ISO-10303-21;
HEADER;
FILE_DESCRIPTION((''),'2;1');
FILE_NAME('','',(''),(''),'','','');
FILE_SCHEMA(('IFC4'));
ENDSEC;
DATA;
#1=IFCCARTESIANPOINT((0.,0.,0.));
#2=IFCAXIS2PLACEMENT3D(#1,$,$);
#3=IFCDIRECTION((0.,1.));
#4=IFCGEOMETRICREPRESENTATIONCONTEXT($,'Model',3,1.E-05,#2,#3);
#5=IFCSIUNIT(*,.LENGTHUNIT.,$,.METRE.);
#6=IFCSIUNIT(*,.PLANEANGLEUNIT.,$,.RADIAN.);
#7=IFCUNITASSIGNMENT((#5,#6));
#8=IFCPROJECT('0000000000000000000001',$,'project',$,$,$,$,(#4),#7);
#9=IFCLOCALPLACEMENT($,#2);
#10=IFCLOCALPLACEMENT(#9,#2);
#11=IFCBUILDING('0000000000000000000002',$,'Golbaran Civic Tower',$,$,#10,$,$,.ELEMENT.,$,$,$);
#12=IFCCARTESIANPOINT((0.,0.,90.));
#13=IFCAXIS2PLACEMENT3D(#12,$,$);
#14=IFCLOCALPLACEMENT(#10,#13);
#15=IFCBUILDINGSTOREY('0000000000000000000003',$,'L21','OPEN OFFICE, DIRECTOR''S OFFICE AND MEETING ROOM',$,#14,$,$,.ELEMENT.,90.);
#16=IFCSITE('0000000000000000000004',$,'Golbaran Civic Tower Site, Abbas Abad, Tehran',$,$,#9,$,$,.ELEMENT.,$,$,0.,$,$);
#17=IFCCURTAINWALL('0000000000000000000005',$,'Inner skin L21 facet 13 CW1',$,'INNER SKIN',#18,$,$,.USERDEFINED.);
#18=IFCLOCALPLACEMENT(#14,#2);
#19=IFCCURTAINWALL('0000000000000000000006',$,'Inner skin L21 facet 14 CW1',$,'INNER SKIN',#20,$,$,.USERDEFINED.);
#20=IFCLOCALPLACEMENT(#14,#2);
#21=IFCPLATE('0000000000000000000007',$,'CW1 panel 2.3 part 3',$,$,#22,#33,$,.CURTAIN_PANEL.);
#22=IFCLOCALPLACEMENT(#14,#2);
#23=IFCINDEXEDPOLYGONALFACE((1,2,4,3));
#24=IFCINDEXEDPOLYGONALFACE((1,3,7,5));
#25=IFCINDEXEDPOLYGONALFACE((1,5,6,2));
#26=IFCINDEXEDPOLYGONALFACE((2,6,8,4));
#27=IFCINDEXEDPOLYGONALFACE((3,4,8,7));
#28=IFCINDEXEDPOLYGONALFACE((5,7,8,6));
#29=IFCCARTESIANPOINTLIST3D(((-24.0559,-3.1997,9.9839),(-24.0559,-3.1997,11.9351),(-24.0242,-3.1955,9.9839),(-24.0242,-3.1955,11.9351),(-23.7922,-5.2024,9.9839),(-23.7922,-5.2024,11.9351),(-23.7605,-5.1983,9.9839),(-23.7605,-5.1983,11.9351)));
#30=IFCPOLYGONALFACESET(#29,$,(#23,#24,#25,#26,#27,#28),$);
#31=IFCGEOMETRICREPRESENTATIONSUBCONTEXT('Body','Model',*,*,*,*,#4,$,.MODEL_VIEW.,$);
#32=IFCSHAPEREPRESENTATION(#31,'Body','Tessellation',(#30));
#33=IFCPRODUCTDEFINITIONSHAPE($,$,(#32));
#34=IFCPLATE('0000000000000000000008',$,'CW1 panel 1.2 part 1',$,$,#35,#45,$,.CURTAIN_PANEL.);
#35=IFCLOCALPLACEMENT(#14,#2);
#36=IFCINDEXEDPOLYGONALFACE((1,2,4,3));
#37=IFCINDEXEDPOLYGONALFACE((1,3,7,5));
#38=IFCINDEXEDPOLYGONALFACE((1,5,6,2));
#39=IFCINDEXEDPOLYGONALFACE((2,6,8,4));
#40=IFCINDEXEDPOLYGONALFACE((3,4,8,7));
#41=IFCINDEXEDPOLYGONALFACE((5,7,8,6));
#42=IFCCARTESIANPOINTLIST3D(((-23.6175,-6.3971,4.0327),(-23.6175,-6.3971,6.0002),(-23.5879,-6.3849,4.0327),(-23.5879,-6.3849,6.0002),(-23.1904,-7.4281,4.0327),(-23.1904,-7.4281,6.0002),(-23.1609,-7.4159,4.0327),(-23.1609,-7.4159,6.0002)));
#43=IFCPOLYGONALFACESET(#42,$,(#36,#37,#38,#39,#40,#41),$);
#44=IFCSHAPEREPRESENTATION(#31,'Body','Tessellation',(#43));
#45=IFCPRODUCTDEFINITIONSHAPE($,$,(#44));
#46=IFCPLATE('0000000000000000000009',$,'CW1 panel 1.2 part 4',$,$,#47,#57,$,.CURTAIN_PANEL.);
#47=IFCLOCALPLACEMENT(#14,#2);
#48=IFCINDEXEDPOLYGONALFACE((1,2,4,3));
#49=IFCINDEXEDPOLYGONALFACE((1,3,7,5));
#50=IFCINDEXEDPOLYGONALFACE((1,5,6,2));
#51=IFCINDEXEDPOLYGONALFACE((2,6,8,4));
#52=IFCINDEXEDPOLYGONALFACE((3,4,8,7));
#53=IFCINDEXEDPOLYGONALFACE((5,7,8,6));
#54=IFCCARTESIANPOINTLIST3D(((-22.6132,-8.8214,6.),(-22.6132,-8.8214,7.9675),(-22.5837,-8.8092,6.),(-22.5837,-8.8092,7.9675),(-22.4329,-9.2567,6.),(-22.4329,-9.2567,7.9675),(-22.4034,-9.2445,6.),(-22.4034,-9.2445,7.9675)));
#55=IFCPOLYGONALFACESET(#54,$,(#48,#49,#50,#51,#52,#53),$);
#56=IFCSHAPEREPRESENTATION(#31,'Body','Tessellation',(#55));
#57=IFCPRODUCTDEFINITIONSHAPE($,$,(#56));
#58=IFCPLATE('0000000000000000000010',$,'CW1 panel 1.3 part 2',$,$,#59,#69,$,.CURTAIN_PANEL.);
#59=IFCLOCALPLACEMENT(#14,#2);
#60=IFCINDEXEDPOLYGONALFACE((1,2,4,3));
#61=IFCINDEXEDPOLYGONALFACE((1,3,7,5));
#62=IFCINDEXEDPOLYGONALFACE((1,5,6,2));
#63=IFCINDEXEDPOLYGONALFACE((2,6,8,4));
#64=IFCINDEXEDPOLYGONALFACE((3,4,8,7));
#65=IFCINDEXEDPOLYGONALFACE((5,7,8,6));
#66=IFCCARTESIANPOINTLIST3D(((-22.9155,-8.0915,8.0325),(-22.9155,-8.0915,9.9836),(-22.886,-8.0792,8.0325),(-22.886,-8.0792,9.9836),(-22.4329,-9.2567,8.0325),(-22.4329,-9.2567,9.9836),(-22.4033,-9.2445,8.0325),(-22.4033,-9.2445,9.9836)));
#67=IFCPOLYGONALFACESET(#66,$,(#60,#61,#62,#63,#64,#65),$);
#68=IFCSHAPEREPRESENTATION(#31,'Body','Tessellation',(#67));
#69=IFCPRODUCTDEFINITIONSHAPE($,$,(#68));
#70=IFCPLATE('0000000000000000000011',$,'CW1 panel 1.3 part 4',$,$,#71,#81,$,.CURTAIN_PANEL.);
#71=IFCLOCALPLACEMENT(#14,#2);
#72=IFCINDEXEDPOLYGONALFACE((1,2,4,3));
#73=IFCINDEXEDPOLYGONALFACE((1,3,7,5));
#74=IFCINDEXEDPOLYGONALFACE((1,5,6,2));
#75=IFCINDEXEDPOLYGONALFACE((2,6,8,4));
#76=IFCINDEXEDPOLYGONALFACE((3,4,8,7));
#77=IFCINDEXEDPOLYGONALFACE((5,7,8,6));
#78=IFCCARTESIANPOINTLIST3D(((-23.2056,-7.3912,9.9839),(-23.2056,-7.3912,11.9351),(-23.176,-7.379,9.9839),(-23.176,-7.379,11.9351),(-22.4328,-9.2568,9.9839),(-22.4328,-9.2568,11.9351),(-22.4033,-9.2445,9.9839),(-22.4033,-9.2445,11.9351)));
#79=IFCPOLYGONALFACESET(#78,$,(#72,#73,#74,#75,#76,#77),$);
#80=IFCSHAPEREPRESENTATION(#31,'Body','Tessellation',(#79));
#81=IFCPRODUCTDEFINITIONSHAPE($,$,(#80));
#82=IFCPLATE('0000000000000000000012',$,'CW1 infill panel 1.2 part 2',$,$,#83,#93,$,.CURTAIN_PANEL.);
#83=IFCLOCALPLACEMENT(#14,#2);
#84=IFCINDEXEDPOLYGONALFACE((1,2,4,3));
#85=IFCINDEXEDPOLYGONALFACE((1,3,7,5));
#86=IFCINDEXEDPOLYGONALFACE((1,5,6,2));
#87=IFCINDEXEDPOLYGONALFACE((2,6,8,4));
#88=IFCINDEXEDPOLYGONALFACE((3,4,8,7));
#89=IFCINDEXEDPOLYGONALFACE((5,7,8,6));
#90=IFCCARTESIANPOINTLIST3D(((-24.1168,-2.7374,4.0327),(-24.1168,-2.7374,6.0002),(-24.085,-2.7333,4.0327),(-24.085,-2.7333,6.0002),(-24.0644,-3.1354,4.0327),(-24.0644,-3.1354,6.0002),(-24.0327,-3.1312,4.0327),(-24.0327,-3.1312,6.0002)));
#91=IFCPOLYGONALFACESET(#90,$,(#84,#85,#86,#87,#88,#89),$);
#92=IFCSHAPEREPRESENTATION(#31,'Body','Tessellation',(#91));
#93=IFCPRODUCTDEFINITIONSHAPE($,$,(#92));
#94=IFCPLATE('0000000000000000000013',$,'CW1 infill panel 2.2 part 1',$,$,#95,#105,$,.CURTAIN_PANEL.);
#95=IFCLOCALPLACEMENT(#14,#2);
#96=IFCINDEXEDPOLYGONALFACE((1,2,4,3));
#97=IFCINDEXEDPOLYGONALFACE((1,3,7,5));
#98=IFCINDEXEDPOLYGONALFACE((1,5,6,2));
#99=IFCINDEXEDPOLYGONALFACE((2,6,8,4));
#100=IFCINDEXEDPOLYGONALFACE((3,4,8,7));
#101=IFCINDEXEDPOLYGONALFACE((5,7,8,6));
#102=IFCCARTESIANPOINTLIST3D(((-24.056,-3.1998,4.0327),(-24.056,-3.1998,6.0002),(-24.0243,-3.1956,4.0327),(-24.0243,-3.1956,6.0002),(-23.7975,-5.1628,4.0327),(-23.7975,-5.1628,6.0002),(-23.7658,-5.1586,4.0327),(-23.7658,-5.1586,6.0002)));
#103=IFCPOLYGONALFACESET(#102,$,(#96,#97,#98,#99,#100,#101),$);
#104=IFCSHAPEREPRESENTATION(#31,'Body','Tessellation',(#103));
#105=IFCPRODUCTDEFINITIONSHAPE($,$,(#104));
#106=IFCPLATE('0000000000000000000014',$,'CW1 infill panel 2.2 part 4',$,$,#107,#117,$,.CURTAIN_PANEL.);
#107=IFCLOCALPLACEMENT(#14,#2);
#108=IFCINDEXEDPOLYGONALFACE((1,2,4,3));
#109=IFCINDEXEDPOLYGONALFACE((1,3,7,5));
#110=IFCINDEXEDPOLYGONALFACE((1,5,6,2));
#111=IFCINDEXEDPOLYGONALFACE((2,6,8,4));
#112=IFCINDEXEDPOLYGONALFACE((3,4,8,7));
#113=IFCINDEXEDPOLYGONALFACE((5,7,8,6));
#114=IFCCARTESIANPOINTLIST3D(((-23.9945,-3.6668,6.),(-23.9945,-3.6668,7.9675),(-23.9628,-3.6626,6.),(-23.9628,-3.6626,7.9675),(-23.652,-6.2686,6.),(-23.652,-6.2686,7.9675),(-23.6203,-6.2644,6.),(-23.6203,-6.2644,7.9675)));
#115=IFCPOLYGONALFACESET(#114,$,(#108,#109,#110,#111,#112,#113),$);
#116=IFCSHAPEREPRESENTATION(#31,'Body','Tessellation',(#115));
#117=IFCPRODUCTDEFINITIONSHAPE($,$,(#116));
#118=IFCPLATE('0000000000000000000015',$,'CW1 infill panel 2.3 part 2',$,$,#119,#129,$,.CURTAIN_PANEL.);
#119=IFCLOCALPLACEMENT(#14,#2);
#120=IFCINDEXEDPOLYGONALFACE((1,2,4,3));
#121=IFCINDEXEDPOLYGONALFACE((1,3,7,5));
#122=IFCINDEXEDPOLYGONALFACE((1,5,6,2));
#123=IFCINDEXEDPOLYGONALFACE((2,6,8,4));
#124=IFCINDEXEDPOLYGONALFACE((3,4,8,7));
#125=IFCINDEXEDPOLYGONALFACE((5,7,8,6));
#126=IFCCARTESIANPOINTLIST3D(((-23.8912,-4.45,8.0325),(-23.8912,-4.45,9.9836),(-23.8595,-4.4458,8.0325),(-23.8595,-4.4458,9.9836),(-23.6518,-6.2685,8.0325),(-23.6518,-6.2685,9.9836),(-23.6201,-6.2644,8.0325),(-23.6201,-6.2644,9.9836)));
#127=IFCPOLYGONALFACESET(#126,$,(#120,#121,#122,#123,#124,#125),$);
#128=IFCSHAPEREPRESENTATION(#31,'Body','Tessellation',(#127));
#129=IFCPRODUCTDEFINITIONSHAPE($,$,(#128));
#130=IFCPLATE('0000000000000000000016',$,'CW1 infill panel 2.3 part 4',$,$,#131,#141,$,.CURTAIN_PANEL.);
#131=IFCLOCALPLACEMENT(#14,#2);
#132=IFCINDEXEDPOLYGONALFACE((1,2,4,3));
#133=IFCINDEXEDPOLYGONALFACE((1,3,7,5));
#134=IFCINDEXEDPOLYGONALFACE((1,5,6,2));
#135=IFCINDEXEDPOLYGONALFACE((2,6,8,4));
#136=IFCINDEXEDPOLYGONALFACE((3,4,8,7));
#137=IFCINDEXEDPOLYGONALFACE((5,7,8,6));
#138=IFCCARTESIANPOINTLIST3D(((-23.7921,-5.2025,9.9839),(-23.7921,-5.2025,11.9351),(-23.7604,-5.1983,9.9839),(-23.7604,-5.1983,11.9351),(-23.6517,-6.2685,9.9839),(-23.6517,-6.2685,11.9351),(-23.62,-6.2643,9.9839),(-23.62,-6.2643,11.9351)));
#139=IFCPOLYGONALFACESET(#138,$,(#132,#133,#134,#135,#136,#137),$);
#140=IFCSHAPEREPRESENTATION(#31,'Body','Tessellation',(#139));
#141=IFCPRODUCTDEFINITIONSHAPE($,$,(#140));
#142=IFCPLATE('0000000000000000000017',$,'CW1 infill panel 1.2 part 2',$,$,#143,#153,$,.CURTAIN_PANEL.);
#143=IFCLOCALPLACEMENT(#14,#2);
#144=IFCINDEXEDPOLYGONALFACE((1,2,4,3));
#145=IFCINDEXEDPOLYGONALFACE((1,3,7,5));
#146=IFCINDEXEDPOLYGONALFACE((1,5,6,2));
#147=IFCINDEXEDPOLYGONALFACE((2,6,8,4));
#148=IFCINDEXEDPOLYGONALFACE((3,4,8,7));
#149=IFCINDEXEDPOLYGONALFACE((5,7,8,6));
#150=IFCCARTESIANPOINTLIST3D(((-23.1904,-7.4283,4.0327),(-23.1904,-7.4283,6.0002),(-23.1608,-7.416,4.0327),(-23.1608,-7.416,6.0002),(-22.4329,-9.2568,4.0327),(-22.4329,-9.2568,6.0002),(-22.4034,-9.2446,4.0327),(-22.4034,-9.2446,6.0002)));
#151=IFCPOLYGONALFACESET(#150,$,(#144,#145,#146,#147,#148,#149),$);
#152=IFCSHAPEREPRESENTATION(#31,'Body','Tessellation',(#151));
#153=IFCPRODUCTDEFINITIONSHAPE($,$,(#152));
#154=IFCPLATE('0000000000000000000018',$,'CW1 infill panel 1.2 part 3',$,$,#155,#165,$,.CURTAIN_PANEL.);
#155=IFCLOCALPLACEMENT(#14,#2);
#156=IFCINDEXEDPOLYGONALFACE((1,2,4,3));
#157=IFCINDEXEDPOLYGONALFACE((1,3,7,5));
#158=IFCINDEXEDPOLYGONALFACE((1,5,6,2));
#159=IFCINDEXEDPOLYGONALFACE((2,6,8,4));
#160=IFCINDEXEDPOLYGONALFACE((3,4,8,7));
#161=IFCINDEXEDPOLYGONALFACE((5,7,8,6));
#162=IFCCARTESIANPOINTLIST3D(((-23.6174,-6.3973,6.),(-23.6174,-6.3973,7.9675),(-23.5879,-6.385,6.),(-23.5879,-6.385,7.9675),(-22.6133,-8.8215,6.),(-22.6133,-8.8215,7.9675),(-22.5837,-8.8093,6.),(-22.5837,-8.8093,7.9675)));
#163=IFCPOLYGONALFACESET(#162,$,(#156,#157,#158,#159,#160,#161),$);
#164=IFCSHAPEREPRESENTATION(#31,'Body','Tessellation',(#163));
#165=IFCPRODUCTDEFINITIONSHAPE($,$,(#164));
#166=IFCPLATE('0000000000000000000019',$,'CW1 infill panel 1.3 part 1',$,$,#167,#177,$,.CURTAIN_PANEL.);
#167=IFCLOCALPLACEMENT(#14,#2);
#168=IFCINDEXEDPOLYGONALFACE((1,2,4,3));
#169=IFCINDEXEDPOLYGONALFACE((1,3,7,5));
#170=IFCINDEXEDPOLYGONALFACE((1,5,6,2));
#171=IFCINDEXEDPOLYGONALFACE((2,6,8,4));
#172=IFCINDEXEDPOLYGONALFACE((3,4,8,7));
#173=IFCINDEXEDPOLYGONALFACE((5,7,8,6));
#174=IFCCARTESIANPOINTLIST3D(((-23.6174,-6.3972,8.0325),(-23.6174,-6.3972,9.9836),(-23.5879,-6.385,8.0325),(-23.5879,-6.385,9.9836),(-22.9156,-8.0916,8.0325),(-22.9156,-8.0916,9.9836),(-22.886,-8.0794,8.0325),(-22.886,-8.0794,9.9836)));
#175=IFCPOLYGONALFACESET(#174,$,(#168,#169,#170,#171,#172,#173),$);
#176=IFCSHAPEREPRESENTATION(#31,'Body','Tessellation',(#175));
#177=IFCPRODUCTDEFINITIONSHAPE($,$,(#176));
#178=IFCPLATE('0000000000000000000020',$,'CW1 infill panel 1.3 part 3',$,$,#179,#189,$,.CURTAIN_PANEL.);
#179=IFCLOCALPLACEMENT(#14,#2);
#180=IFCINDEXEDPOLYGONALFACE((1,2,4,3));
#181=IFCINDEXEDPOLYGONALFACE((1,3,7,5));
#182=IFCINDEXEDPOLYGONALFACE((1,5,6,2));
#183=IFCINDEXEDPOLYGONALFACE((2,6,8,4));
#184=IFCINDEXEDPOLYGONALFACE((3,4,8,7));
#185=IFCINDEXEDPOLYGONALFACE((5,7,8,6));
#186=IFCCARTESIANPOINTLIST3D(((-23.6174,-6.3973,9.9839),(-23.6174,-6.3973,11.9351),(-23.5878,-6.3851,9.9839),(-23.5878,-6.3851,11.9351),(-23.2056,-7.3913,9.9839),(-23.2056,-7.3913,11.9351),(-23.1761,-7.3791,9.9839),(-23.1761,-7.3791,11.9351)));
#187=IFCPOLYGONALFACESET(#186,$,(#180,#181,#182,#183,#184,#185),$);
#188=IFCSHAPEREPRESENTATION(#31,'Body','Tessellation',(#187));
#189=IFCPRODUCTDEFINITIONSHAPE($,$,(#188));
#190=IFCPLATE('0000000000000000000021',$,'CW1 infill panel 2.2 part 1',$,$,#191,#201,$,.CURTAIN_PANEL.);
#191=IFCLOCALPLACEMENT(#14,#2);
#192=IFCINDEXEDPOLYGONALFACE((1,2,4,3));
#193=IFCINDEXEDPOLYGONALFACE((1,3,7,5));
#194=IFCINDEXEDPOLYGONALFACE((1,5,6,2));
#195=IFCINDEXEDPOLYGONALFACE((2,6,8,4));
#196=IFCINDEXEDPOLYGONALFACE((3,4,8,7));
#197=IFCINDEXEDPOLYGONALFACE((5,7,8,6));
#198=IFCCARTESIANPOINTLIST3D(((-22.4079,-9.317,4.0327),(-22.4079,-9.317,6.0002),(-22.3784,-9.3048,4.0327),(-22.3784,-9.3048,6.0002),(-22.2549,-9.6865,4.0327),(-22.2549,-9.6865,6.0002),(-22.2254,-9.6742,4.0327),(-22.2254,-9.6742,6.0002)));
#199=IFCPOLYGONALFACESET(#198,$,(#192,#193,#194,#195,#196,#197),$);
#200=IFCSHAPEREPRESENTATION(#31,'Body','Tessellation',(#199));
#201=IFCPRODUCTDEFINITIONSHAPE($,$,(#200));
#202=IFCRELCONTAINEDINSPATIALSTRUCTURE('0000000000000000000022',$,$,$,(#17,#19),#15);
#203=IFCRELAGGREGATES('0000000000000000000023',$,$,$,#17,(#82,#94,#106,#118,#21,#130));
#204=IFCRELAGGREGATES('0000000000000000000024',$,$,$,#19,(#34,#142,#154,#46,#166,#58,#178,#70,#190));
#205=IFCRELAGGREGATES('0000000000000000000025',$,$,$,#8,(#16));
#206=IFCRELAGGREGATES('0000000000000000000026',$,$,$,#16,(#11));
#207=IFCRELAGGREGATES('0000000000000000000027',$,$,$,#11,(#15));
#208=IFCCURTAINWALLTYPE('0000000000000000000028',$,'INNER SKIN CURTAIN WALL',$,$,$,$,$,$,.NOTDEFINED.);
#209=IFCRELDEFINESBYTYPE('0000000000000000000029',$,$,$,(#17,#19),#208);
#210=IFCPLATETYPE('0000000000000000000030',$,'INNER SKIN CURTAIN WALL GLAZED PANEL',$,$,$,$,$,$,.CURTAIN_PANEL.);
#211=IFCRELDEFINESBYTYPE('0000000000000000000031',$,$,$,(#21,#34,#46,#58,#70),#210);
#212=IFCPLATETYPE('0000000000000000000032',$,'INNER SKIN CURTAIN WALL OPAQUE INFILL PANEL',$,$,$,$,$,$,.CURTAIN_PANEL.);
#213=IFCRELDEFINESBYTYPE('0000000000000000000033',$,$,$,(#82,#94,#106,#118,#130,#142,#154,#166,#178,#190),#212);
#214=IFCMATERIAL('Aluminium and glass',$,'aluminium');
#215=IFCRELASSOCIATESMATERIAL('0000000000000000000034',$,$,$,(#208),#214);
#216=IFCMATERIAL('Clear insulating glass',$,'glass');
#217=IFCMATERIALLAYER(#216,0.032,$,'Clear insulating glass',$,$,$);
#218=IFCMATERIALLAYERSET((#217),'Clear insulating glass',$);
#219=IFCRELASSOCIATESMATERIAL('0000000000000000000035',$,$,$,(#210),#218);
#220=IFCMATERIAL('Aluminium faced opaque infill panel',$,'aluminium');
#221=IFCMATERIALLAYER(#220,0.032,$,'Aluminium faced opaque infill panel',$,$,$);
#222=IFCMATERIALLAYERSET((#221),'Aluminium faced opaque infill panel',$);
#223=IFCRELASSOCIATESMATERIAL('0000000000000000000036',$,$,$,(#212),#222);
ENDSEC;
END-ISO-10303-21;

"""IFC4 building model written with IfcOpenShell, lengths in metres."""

from ifc_helpers import new_model, si_unit, direction, frame, origin, origin_2d, place, context, subcontext, project, spatial, rectangle, extrude, material, layer, layer_set, type_object, element, aggregate, save


model = new_model("IFC4")

# Units and contexts
model_context = context("Model", 3, precision=1e-05, world=origin(), true_north=direction((0.0, 1.0)))
body_context = subcontext(model_context, "Body", "Model", "MODEL_VIEW")
ifc_project = project(units=[si_unit("LENGTHUNIT", "METRE"), si_unit("PLANEANGLEUNIT", "RADIAN")], contexts=[model_context])

# Site, building, storey
site_placement = place(None, origin())
site = spatial("IfcSite", under=ifc_project, at=site_placement, Name="Golbaran Civic Tower Site, Abbas Abad, Tehran", CompositionType="ELEMENT", RefElevation=0.0)
building_placement = place(site_placement, origin())
building = spatial("IfcBuilding", under=site, at=building_placement, Name="Golbaran Civic Tower", CompositionType="ELEMENT")
storey_placement = place(building_placement, frame((0.0, 0.0, 90.0)))
storey = spatial("IfcBuildingStorey", under=building, at=storey_placement, Name="L21", Description="OPEN OFFICE, DIRECTOR'S OFFICE AND MEETING ROOM", CompositionType="ELEMENT", Elevation=90.0)

# Curtain walls
ifc_material_1 = material(Name="Aluminium and glass", Category="aluminium")
curtain_wall_type = type_object("IfcCurtainWallType", Name="INNER SKIN CURTAIN WALL", PredefinedType="NOTDEFINED", material=ifc_material_1)
curtain_wall_1_placement = place(storey_placement, origin())
curtain_wall_1 = element("IfcCurtainWall", 1, at=curtain_wall_1_placement, inside=storey, type_object=curtain_wall_type, Name="Inner skin L21 facet 13 CW1", ObjectType="INNER SKIN", PredefinedType="USERDEFINED")
curtain_wall_2_placement = place(storey_placement, origin())
curtain_wall_2 = element("IfcCurtainWall", 2, at=curtain_wall_2_placement, inside=storey, type_object=curtain_wall_type, Name="Inner skin L21 facet 14 CW1", ObjectType="INNER SKIN", PredefinedType="USERDEFINED")

# Plates
ifc_material_2 = material(Name="Clear insulating glass", Category="glass")
ifc_layer_1 = layer(ifc_material_2, 0.032, Name="Clear insulating glass")
ifc_layer_set_1 = layer_set([ifc_layer_1], Name="Clear insulating glass")
plate_type_1 = type_object("IfcPlateType", Name="INNER SKIN CURTAIN WALL GLAZED PANEL", PredefinedType="CURTAIN_PANEL", material=ifc_layer_set_1)
plate_1_placement = place(storey_placement, frame((-23.9082, -4.199, 9.9839), z_axis=(0.0, 0.0, 1.0), x_axis=(0.130526, -0.991445, 0.0)))
plate_1 = element("IfcPlate", 3, at=plate_1_placement, type_object=plate_type_1, Name="CW1 panel 2.3 part 3", PredefinedType="CURTAIN_PANEL", context=body_context, shape_type="SweptSolid", body=[
    extrude(rectangle(XDim=2.02, YDim=0.032, at=origin_2d()), origin(), (0.0, 0.0, 1.0), 1.9512),
])
plate_2_placement = place(storey_placement, frame((-23.3892, -6.9065, 4.0327), z_axis=(0.0, 0.0, 1.0), x_axis=(0.382683, -0.92388, 0.0)))
plate_2 = element("IfcPlate", 4, at=plate_2_placement, type_object=plate_type_1, Name="CW1 panel 1.2 part 1", PredefinedType="CURTAIN_PANEL", context=body_context, shape_type="SweptSolid", body=[
    extrude(rectangle(XDim=1.116, YDim=0.032, at=origin_2d()), origin(), (0.0, 0.0, 1.0), 1.9675),
])
plate_3_placement = place(storey_placement, frame((-22.5083, -9.033, 6.0), z_axis=(0.0, 0.0, 1.0), x_axis=(0.382683, -0.92388, 0.0)))
plate_3 = element("IfcPlate", 5, at=plate_3_placement, type_object=plate_type_1, Name="CW1 panel 1.2 part 4", PredefinedType="CURTAIN_PANEL", context=body_context, shape_type="SweptSolid", body=[
    extrude(rectangle(XDim=0.4712, YDim=0.032, at=origin_2d()), origin(), (0.0, 0.0, 1.0), 1.9675),
])
plate_4_placement = place(storey_placement, frame((-22.6594, -8.668, 8.0325), z_axis=(0.0, 0.0, 1.0), x_axis=(0.382683, -0.92388, 0.0)))
plate_4 = element("IfcPlate", 6, at=plate_4_placement, type_object=plate_type_1, Name="CW1 panel 1.3 part 2", PredefinedType="CURTAIN_PANEL", context=body_context, shape_type="SweptSolid", body=[
    extrude(rectangle(XDim=1.2612, YDim=0.032, at=origin_2d()), origin(), (0.0, 0.0, 1.0), 1.9512),
])
plate_5_placement = place(storey_placement, frame((-22.8044, -8.3179, 9.9839), z_axis=(0.0, 0.0, 1.0), x_axis=(0.382683, -0.92388, 0.0)))
plate_5 = element("IfcPlate", 7, at=plate_5_placement, type_object=plate_type_1, Name="CW1 panel 1.3 part 4", PredefinedType="CURTAIN_PANEL", context=body_context, shape_type="SweptSolid", body=[
    extrude(rectangle(XDim=2.0193, YDim=0.032, at=origin_2d()), origin(), (0.0, 0.0, 1.0), 1.9512),
])
ifc_material_3 = material(Name="Aluminium faced opaque infill panel", Category="aluminium")
ifc_layer_2 = layer(ifc_material_3, 0.032, Name="Aluminium faced opaque infill panel")
ifc_layer_set_2 = layer_set([ifc_layer_2], Name="Aluminium faced opaque infill panel")
plate_type_2 = type_object("IfcPlateType", Name="INNER SKIN CURTAIN WALL OPAQUE INFILL PANEL", PredefinedType="CURTAIN_PANEL", material=ifc_layer_set_2)
plate_6_placement = place(storey_placement, frame((-24.0747, -2.9343, 4.0327), z_axis=(0.0, 0.0, 1.0), x_axis=(0.130526, -0.991445, 0.0)))
plate_6 = element("IfcPlate", 8, at=plate_6_placement, type_object=plate_type_2, Name="CW1 infill panel 1.2 part 2", PredefinedType="CURTAIN_PANEL", context=body_context, shape_type="SweptSolid", body=[
    extrude(rectangle(XDim=0.4014, YDim=0.032, at=origin_2d()), origin(), (0.0, 0.0, 1.0), 1.9675),
])
plate_7_placement = place(storey_placement, frame((-23.9109, -4.1792, 4.0327), z_axis=(0.0, 0.0, 1.0), x_axis=(0.130526, -0.991445, 0.0)))
plate_7 = element("IfcPlate", 9, at=plate_7_placement, type_object=plate_type_2, Name="CW1 infill panel 2.2 part 1", PredefinedType="CURTAIN_PANEL", context=body_context, shape_type="SweptSolid", body=[
    extrude(rectangle(XDim=1.98, YDim=0.032, at=origin_2d()), origin(), (0.0, 0.0, 1.0), 1.9675),
])
plate_8_placement = place(storey_placement, frame((-23.8074, -4.9656, 6.0), z_axis=(0.0, 0.0, 1.0), x_axis=(0.130526, -0.991445, 0.0)))
plate_8 = element("IfcPlate", 10, at=plate_8_placement, type_object=plate_type_2, Name="CW1 infill panel 2.2 part 4", PredefinedType="CURTAIN_PANEL", context=body_context, shape_type="SweptSolid", body=[
    extrude(rectangle(XDim=2.6243, YDim=0.032, at=origin_2d()), origin(), (0.0, 0.0, 1.0), 1.9675),
])
plate_9_placement = place(storey_placement, frame((-23.7556, -5.3572, 8.0325), z_axis=(0.0, 0.0, 1.0), x_axis=(0.130526, -0.991445, 0.0)))
plate_9 = element("IfcPlate", 11, at=plate_9_placement, type_object=plate_type_2, Name="CW1 infill panel 2.3 part 2", PredefinedType="CURTAIN_PANEL", context=body_context, shape_type="SweptSolid", body=[
    extrude(rectangle(XDim=1.8342, YDim=0.032, at=origin_2d()), origin(), (0.0, 0.0, 1.0), 1.9512),
])
plate_10_placement = place(storey_placement, frame((-23.7061, -5.7334, 9.9839), z_axis=(0.0, 0.0, 1.0), x_axis=(0.130526, -0.991445, 0.0)))
plate_10 = element("IfcPlate", 12, at=plate_10_placement, type_object=plate_type_2, Name="CW1 infill panel 2.3 part 4", PredefinedType="CURTAIN_PANEL", context=body_context, shape_type="SweptSolid", body=[
    extrude(rectangle(XDim=1.0752, YDim=0.032, at=origin_2d()), origin(), (0.0, 0.0, 1.0), 1.9512),
])
aggregate(curtain_wall_1, [plate_6, plate_7, plate_8, plate_9, plate_1, plate_10])
plate_11_placement = place(storey_placement, frame((-22.7969, -8.3364, 4.0327), z_axis=(0.0, 0.0, 1.0), x_axis=(0.382683, -0.92388, 0.0)))
plate_11 = element("IfcPlate", 13, at=plate_11_placement, type_object=plate_type_2, Name="CW1 infill panel 1.2 part 2", PredefinedType="CURTAIN_PANEL", context=body_context, shape_type="SweptSolid", body=[
    extrude(rectangle(XDim=1.9792, YDim=0.032, at=origin_2d()), origin(), (0.0, 0.0, 1.0), 1.9675),
])
plate_12_placement = place(storey_placement, frame((-23.1006, -7.6033, 6.0), z_axis=(0.0, 0.0, 1.0), x_axis=(0.382683, -0.92388, 0.0)))
plate_12 = element("IfcPlate", 14, at=plate_12_placement, type_object=plate_type_2, Name="CW1 infill panel 1.2 part 3", PredefinedType="CURTAIN_PANEL", context=body_context, shape_type="SweptSolid", body=[
    extrude(rectangle(XDim=2.624, YDim=0.032, at=origin_2d()), origin(), (0.0, 0.0, 1.0), 1.9675),
])
plate_13_placement = place(storey_placement, frame((-23.2517, -7.2383, 8.0325), z_axis=(0.0, 0.0, 1.0), x_axis=(0.382683, -0.92388, 0.0)))
plate_13 = element("IfcPlate", 15, at=plate_13_placement, type_object=plate_type_2, Name="CW1 infill panel 1.3 part 1", PredefinedType="CURTAIN_PANEL", context=body_context, shape_type="SweptSolid", body=[
    extrude(rectangle(XDim=1.834, YDim=0.032, at=origin_2d()), origin(), (0.0, 0.0, 1.0), 1.9512),
])
plate_14_placement = place(storey_placement, frame((-23.3967, -6.8882, 9.9839), z_axis=(0.0, 0.0, 1.0), x_axis=(0.382683, -0.92388, 0.0)))
plate_14 = element("IfcPlate", 16, at=plate_14_placement, type_object=plate_type_2, Name="CW1 infill panel 1.3 part 3", PredefinedType="CURTAIN_PANEL", context=body_context, shape_type="SweptSolid", body=[
    extrude(rectangle(XDim=1.0759, YDim=0.032, at=origin_2d()), origin(), (0.0, 0.0, 1.0), 1.9512),
])
plate_15_placement = place(storey_placement, frame((-22.3167, -9.4956, 4.0327), z_axis=(0.0, 0.0, 1.0), x_axis=(0.382683, -0.92388, 0.0)))
plate_15 = element("IfcPlate", 17, at=plate_15_placement, type_object=plate_type_2, Name="CW1 infill panel 2.2 part 1", PredefinedType="CURTAIN_PANEL", context=body_context, shape_type="SweptSolid", body=[
    extrude(rectangle(XDim=0.3999, YDim=0.032, at=origin_2d()), origin(), (0.0, 0.0, 1.0), 1.9675),
])
aggregate(curtain_wall_2, [plate_2, plate_11, plate_12, plate_3, plate_13, plate_4, plate_14, plate_5, plate_15])

save(model, "model.ifc")
